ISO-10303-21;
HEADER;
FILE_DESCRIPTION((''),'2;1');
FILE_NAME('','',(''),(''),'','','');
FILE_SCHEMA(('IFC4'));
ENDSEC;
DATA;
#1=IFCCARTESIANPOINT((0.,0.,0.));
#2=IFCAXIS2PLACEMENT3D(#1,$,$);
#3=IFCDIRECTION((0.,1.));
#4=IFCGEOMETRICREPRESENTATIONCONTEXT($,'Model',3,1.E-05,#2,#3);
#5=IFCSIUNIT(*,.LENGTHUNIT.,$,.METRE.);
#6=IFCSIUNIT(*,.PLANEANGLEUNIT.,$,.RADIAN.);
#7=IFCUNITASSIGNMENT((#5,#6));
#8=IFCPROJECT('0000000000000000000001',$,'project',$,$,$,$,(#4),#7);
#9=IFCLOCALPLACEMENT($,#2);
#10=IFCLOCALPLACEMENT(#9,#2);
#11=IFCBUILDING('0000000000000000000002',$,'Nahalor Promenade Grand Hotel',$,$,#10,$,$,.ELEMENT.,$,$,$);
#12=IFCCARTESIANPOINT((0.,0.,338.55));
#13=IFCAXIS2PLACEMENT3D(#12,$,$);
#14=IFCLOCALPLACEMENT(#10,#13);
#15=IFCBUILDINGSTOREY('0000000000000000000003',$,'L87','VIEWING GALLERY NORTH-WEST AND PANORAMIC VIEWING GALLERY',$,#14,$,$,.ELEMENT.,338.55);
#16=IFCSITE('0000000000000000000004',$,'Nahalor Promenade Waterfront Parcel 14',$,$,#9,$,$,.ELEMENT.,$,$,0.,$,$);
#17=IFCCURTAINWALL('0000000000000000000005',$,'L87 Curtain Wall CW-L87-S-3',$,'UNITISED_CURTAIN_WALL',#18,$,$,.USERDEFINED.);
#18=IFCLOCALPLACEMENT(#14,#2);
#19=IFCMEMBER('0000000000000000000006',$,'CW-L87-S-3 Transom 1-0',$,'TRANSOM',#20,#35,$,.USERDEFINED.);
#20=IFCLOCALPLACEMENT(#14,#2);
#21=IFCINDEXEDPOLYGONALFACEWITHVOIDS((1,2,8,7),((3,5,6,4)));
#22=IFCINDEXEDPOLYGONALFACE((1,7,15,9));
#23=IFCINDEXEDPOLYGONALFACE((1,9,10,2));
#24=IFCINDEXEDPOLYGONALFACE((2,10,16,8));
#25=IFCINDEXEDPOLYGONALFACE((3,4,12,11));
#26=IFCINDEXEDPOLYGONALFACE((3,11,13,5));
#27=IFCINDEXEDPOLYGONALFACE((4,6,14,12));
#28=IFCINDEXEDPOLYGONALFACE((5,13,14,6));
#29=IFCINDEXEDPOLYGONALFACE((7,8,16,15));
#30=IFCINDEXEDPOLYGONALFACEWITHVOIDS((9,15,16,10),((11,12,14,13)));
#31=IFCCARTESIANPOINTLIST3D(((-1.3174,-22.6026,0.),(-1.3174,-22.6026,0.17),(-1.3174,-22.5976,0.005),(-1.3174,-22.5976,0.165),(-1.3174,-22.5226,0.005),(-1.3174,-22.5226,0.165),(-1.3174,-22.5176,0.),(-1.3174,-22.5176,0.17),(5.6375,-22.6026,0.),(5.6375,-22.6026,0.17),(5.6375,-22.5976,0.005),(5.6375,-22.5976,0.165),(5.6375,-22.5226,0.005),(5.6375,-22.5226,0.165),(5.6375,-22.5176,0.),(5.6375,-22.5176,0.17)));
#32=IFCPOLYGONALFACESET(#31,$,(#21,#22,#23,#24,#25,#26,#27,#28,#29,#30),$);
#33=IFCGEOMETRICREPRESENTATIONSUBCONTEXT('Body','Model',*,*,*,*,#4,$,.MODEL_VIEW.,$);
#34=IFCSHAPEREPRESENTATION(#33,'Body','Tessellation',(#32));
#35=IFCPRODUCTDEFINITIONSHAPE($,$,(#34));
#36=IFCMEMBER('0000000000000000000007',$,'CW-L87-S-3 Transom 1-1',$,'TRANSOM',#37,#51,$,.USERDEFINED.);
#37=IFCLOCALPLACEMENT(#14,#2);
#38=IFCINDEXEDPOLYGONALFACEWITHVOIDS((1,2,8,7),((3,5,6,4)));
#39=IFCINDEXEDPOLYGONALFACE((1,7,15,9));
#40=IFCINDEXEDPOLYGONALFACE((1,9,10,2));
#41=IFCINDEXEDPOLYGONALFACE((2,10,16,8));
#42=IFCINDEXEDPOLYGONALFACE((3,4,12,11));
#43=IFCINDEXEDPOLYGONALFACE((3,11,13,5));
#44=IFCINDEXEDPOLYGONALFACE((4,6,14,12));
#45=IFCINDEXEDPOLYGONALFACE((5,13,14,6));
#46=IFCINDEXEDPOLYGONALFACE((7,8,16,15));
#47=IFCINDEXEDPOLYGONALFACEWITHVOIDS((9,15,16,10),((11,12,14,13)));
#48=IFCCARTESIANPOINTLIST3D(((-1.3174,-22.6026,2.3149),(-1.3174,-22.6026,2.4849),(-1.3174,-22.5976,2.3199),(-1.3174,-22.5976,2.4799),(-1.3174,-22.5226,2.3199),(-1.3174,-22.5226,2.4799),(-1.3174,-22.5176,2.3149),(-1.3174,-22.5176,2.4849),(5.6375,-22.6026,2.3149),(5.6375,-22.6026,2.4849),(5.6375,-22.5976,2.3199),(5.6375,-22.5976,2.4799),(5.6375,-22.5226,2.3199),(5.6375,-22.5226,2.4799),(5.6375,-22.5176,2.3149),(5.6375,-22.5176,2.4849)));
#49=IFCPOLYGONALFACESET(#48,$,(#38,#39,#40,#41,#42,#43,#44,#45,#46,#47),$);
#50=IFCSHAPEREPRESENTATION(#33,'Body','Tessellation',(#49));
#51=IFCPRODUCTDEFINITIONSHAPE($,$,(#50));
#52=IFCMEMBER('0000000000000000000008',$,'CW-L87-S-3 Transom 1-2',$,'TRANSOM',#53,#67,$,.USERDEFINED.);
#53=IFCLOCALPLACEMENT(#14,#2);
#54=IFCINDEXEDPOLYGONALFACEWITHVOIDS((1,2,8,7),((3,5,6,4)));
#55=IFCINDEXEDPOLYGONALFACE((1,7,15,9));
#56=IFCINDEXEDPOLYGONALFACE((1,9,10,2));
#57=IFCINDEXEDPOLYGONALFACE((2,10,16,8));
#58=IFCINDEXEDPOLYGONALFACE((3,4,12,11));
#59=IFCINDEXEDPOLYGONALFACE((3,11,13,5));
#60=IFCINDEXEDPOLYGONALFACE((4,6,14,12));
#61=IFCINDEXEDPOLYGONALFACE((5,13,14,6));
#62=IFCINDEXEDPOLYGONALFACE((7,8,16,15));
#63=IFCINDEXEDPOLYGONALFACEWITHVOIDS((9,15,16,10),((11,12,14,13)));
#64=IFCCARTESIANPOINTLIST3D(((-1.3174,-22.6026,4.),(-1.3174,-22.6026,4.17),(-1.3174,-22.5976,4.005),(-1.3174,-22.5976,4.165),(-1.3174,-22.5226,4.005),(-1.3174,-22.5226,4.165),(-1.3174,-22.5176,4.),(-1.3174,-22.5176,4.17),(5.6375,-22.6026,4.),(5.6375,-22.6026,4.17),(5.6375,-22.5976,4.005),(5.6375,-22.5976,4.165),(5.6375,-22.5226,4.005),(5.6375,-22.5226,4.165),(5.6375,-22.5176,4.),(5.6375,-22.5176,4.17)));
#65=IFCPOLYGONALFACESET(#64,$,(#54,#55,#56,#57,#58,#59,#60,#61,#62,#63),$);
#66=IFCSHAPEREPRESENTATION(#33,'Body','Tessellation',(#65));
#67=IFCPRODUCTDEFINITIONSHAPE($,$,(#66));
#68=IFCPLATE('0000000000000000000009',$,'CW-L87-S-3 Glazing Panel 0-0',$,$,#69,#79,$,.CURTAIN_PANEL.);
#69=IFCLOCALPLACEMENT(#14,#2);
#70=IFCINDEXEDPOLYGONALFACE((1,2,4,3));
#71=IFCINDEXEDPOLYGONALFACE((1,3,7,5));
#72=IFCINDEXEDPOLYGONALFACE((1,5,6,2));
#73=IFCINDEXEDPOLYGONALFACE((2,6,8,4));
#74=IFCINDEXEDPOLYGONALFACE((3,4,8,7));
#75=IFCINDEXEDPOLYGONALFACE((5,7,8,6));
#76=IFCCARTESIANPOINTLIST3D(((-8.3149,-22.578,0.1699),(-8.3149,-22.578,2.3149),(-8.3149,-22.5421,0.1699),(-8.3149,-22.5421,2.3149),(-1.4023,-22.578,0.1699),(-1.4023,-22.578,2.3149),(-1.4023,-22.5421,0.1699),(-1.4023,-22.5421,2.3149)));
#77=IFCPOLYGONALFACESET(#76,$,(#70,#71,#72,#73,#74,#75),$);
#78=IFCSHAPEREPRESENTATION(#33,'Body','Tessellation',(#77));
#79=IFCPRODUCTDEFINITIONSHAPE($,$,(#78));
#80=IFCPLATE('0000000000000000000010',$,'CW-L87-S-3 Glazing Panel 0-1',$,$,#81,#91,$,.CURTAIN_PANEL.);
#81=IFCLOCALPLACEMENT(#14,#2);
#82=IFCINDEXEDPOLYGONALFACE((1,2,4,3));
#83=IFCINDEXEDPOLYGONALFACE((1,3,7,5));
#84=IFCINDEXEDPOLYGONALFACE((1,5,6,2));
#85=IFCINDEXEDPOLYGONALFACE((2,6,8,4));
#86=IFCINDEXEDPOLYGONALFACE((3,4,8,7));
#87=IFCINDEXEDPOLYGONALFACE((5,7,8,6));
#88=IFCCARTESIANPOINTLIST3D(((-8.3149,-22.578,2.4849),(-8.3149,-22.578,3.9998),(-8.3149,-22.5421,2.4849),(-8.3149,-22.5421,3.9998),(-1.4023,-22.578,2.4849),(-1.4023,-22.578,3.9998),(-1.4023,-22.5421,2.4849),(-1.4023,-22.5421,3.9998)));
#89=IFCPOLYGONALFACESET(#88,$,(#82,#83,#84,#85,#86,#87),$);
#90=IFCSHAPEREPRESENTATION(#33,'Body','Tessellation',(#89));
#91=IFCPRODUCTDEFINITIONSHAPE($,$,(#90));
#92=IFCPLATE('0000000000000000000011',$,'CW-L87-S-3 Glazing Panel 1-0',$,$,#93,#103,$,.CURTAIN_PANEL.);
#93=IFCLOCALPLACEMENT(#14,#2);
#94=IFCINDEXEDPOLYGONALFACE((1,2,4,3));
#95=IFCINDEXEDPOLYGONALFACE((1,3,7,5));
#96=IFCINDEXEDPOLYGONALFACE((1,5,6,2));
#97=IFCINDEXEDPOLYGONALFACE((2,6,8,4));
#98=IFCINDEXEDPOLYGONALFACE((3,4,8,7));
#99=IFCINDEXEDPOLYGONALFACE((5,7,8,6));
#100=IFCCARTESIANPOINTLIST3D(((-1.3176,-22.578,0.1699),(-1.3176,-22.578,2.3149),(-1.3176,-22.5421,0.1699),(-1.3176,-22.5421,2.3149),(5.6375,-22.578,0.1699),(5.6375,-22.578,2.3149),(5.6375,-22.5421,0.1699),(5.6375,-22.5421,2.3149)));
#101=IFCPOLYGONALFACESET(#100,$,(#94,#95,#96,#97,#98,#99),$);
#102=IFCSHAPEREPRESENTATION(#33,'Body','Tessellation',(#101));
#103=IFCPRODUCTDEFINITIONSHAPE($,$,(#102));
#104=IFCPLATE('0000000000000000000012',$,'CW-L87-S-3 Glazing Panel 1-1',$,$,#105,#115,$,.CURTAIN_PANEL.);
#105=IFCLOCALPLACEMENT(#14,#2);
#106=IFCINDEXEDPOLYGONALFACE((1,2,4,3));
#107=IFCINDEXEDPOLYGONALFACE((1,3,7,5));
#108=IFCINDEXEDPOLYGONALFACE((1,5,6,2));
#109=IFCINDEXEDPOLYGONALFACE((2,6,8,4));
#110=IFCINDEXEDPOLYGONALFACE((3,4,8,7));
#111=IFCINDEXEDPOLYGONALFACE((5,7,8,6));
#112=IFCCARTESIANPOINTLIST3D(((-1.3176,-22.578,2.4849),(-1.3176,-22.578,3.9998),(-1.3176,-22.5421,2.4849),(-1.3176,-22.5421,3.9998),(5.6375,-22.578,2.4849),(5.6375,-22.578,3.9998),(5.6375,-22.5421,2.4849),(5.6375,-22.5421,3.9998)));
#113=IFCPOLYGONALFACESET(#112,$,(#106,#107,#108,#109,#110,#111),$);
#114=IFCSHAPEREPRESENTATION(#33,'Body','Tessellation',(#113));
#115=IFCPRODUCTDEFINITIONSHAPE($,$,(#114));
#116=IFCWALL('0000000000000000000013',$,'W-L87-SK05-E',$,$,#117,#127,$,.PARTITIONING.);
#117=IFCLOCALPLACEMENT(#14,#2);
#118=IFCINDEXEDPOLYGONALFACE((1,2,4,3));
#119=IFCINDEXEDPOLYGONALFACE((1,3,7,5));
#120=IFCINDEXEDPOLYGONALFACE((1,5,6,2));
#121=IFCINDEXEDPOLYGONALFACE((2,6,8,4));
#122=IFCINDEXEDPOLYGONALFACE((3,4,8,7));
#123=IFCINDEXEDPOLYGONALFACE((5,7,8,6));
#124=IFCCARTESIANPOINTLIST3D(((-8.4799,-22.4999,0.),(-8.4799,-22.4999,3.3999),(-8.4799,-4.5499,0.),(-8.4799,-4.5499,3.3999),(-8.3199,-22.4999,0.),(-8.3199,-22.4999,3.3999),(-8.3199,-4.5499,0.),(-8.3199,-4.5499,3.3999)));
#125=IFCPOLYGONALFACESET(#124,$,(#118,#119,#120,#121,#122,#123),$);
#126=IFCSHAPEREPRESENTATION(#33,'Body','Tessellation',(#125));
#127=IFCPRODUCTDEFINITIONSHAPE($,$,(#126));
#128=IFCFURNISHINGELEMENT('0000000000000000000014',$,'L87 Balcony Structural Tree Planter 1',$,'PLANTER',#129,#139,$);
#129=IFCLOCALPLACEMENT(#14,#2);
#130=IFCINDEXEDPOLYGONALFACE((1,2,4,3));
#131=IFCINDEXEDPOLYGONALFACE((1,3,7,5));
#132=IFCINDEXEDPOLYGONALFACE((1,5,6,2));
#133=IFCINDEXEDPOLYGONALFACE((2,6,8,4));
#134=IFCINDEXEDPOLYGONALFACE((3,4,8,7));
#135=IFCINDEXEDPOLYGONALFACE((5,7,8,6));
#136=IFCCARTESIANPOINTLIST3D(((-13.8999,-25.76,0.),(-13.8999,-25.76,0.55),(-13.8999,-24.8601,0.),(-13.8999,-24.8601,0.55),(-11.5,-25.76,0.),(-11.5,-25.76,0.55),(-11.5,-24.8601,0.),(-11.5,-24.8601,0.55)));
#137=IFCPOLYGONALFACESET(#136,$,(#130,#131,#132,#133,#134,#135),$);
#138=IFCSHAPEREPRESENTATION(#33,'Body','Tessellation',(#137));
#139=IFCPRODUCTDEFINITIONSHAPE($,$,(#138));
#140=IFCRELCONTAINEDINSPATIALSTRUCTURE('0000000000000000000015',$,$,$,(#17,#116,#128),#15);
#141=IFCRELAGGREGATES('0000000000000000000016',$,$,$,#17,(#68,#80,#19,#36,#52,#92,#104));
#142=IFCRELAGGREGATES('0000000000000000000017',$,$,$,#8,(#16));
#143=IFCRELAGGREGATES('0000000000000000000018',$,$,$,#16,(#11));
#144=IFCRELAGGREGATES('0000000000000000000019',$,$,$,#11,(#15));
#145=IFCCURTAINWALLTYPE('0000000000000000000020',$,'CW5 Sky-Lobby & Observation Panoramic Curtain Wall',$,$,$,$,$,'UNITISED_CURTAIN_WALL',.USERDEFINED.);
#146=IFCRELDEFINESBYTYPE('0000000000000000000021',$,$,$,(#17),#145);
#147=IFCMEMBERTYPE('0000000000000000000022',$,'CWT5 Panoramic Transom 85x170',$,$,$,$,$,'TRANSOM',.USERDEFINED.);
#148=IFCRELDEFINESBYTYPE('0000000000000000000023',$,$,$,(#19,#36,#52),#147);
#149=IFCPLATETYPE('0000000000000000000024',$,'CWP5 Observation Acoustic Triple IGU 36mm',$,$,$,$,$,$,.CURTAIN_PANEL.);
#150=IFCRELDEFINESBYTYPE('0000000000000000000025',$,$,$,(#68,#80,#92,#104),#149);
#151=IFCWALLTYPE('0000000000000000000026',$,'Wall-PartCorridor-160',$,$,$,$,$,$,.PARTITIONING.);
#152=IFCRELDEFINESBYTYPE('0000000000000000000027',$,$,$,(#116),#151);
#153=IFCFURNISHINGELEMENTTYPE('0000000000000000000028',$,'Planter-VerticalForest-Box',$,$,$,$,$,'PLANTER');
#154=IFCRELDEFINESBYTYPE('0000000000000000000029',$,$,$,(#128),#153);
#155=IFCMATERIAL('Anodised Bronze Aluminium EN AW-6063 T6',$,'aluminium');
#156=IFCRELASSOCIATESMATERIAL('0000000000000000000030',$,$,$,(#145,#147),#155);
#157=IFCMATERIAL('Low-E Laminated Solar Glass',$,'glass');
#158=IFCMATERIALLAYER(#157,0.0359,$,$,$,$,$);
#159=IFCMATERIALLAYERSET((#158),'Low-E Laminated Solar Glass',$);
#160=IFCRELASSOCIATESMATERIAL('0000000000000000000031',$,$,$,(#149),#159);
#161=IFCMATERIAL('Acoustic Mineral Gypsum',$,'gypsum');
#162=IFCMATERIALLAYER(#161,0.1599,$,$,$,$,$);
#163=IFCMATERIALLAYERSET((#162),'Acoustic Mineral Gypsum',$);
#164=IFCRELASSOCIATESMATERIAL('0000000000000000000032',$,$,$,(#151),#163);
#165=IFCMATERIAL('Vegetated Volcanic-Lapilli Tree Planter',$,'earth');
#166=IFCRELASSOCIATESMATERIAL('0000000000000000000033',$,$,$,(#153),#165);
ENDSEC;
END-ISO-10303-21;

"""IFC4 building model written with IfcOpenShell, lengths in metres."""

from ifc_helpers import new_model, si_unit, direction, frame, frame_2d, origin, origin_2d, place, context, subcontext, project, spatial, rectangle, hollow_rectangle, extrude, source, transform, mapped, material, layer, layer_set, material_profile, profile_set, type_object, element, aggregate, save


model = new_model("IFC4")

# Units and contexts
model_context = context("Model", 3, precision=1e-05, world=origin(), true_north=direction((0.0, 1.0)))
body_context = subcontext(model_context, "Body", "Model", "MODEL_VIEW")
ifc_project = project(units=[si_unit("LENGTHUNIT", "METRE"), si_unit("PLANEANGLEUNIT", "RADIAN")], contexts=[model_context])

# Site, building, storey
site_placement = place(None, origin())
site = spatial("IfcSite", under=ifc_project, at=site_placement, Name="Nahalor Promenade Waterfront Parcel 14", CompositionType="ELEMENT", RefElevation=0.0)
building_placement = place(site_placement, origin())
building = spatial("IfcBuilding", under=site, at=building_placement, Name="Nahalor Promenade Grand Hotel", CompositionType="ELEMENT")
storey_placement = place(building_placement, frame((0.0, 0.0, 338.55)))
storey = spatial("IfcBuildingStorey", under=building, at=storey_placement, Name="L87", Description="VIEWING GALLERY NORTH-WEST AND PANORAMIC VIEWING GALLERY", CompositionType="ELEMENT", Elevation=338.55)

# Curtain wall, members, plates
ifc_material_1 = material(Name="Anodised Bronze Aluminium EN AW-6063 T6", Category="aluminium")
curtain_wall_type = type_object("IfcCurtainWallType", Name="CW5 Sky-Lobby & Observation Panoramic Curtain Wall", ElementType="UNITISED_CURTAIN_WALL", PredefinedType="USERDEFINED", material=ifc_material_1)
curtain_wall_placement = place(storey_placement, origin())
curtain_wall = element("IfcCurtainWall", 1, at=curtain_wall_placement, inside=storey, type_object=curtain_wall_type, Name="L87 Curtain Wall CW-L87-S-3", ObjectType="UNITISED_CURTAIN_WALL", PredefinedType="USERDEFINED")
ifc_material_profile_1 = material_profile(ifc_material_1, hollow_rectangle(XDim=0.085, YDim=0.17, WallThickness=0.005, at=origin_2d()), Name="CWT 85x170x5")
ifc_profile_set_1 = profile_set([ifc_material_profile_1], Name="Anodised Bronze Aluminium EN AW-6063 T6")
member_type_1 = type_object("IfcMemberType", Name="CWT5 Panoramic Transom 85x170", ElementType="TRANSOM", PredefinedType="USERDEFINED", material=ifc_profile_set_1)
shared_shape_1 = source(origin(), body_context, "Body", "SweptSolid", [
    extrude(hollow_rectangle(XDim=0.085, YDim=0.17, WallThickness=0.005, at=origin_2d()), origin(), (0.0, 0.0, 1.0), 6.9548),
])
member_1_placement = place(storey_placement, frame((-1.3174, -22.5601, 0.085), z_axis=(1.0, 0.0, 0.0), x_axis=(0.0, 1.0, 0.0)))
member_1 = element("IfcMember", 2, at=member_1_placement, type_object=member_type_1, Name="CW-L87-S-3 Transom 1-0", ObjectType="TRANSOM", PredefinedType="USERDEFINED", context=body_context, shape_type="MappedRepresentation", body=[
    mapped(shared_shape_1, transform((0.0, 0.0, 0.0), scale=1.0)),
])
member_2_placement = place(storey_placement, frame((-1.3174, -22.5601, 2.3999), z_axis=(1.0, 0.0, 0.0), x_axis=(0.0, 1.0, 0.0)))
member_2 = element("IfcMember", 3, at=member_2_placement, type_object=member_type_1, Name="CW-L87-S-3 Transom 1-1", ObjectType="TRANSOM", PredefinedType="USERDEFINED", context=body_context, shape_type="MappedRepresentation", body=[
    mapped(shared_shape_1, transform((0.0, 0.0, 0.0), scale=1.0)),
])
member_3_placement = place(storey_placement, frame((-1.3174, -22.5601, 4.085), z_axis=(1.0, 0.0, 0.0), x_axis=(0.0, 1.0, 0.0)))
member_3 = element("IfcMember", 4, at=member_3_placement, type_object=member_type_1, Name="CW-L87-S-3 Transom 1-2", ObjectType="TRANSOM", PredefinedType="USERDEFINED", context=body_context, shape_type="MappedRepresentation", body=[
    mapped(shared_shape_1, transform((0.0, 0.0, 0.0), scale=1.0)),
])
ifc_material_2 = material(Name="Low-E Laminated Solar Glass", Category="glass")
ifc_layer_1 = layer(ifc_material_2, 0.0359)
ifc_layer_set_1 = layer_set([ifc_layer_1], Name="Low-E Laminated Solar Glass")
plate_type = type_object("IfcPlateType", Name="CWP5 Observation Acoustic Triple IGU 36mm", PredefinedType="CURTAIN_PANEL", material=ifc_layer_set_1)
shared_shape_2 = source(origin(), body_context, "Body", "SweptSolid", [
    extrude(rectangle(XDim=6.9126, YDim=0.0359, at=origin_2d()), origin(), (0.0, 0.0, 1.0), 2.145),
])
plate_1_placement = place(storey_placement, frame((-4.8586, -22.5601, 0.1699), z_axis=(0.0, 0.0, 1.0), x_axis=(1.0, 0.0, 0.0)))
plate_1 = element("IfcPlate", 5, at=plate_1_placement, type_object=plate_type, Name="CW-L87-S-3 Glazing Panel 0-0", PredefinedType="CURTAIN_PANEL", context=body_context, shape_type="MappedRepresentation", body=[
    mapped(shared_shape_2, transform((0.0, 0.0, 0.0), scale=1.0)),
])
shared_shape_3 = source(origin(), body_context, "Body", "SweptSolid", [
    extrude(rectangle(XDim=6.9126, YDim=0.0359, at=origin_2d()), origin(), (0.0, 0.0, 1.0), 1.5149),
])
plate_2_placement = place(storey_placement, frame((-4.8586, -22.5601, 2.4849), z_axis=(0.0, 0.0, 1.0), x_axis=(1.0, 0.0, 0.0)))
plate_2 = element("IfcPlate", 6, at=plate_2_placement, type_object=plate_type, Name="CW-L87-S-3 Glazing Panel 0-1", PredefinedType="CURTAIN_PANEL", context=body_context, shape_type="MappedRepresentation", body=[
    mapped(shared_shape_3, transform((0.0, 0.0, 0.0), scale=1.0)),
])
shared_shape_4 = source(origin(), body_context, "Body", "SweptSolid", [
    extrude(rectangle(XDim=6.9551, YDim=0.0359, at=origin_2d()), origin(), (0.0, 0.0, 1.0), 2.145),
])
plate_3_placement = place(storey_placement, frame((2.1599, -22.5601, 0.1699), z_axis=(0.0, 0.0, 1.0), x_axis=(1.0, 0.0, 0.0)))
plate_3 = element("IfcPlate", 7, at=plate_3_placement, type_object=plate_type, Name="CW-L87-S-3 Glazing Panel 1-0", PredefinedType="CURTAIN_PANEL", context=body_context, shape_type="MappedRepresentation", body=[
    mapped(shared_shape_4, transform((0.0, 0.0, 0.0), scale=1.0)),
])
shared_shape_5 = source(origin(), body_context, "Body", "SweptSolid", [
    extrude(rectangle(XDim=6.9551, YDim=0.0359, at=origin_2d()), origin(), (0.0, 0.0, 1.0), 1.5149),
])
plate_4_placement = place(storey_placement, frame((2.1599, -22.5601, 2.4849), z_axis=(0.0, 0.0, 1.0), x_axis=(1.0, 0.0, 0.0)))
plate_4 = element("IfcPlate", 8, at=plate_4_placement, type_object=plate_type, Name="CW-L87-S-3 Glazing Panel 1-1", PredefinedType="CURTAIN_PANEL", context=body_context, shape_type="MappedRepresentation", body=[
    mapped(shared_shape_5, transform((0.0, 0.0, 0.0), scale=1.0)),
])
aggregate(curtain_wall, [plate_1, plate_2, member_1, member_2, member_3, plate_3, plate_4])

# Wall
ifc_material_3 = material(Name="Acoustic Mineral Gypsum", Category="gypsum")
ifc_layer_2 = layer(ifc_material_3, 0.1599)
ifc_layer_set_2 = layer_set([ifc_layer_2], Name="Acoustic Mineral Gypsum")
wall_type = type_object("IfcWallType", Name="Wall-PartCorridor-160", PredefinedType="PARTITIONING", material=ifc_layer_set_2)
shared_shape_6 = source(origin(), body_context, "Body", "SweptSolid", [
    extrude(rectangle(XDim=17.95, YDim=0.1599, at=frame_2d((8.9751, 0.0))), origin(), (0.0, 0.0, 1.0), 3.3999),
])
wall_placement = place(storey_placement, frame((-8.3999, -22.5, 0.0), z_axis=(0.0, 0.0, 1.0), x_axis=(0.0, 1.0, 0.0)))
element("IfcWall", 9, at=wall_placement, inside=storey, type_object=wall_type, Name="W-L87-SK05-E", PredefinedType="PARTITIONING", context=body_context, shape_type="MappedRepresentation", body=[
    mapped(shared_shape_6, transform((0.0, 0.0, 0.0), scale=1.0)),
])

# Furnishing element
ifc_material_4 = material(Name="Vegetated Volcanic-Lapilli Tree Planter", Category="earth")
furnishing_element_type = type_object("IfcFurnishingElementType", Name="Planter-VerticalForest-Box", ElementType="PLANTER", material=ifc_material_4)
shared_shape_7 = source(origin(), body_context, "Body", "SweptSolid", [
    extrude(rectangle(XDim=2.3999, YDim=0.8999, at=origin_2d()), origin(), (0.0, 0.0, 1.0), 0.55),
])
furnishing_placement = place(storey_placement, frame((-12.7, -25.3101, 0.0), z_axis=(0.0, 0.0, 1.0), x_axis=(1.0, 0.0, 0.0)))
element("IfcFurnishingElement", 10, at=furnishing_placement, inside=storey, type_object=furnishing_element_type, Name="L87 Balcony Structural Tree Planter 1", ObjectType="PLANTER", context=body_context, shape_type="MappedRepresentation", body=[
    mapped(shared_shape_7, transform((0.0, 0.0, 0.0), scale=1.0)),
])

save(model, "model.ifc")
